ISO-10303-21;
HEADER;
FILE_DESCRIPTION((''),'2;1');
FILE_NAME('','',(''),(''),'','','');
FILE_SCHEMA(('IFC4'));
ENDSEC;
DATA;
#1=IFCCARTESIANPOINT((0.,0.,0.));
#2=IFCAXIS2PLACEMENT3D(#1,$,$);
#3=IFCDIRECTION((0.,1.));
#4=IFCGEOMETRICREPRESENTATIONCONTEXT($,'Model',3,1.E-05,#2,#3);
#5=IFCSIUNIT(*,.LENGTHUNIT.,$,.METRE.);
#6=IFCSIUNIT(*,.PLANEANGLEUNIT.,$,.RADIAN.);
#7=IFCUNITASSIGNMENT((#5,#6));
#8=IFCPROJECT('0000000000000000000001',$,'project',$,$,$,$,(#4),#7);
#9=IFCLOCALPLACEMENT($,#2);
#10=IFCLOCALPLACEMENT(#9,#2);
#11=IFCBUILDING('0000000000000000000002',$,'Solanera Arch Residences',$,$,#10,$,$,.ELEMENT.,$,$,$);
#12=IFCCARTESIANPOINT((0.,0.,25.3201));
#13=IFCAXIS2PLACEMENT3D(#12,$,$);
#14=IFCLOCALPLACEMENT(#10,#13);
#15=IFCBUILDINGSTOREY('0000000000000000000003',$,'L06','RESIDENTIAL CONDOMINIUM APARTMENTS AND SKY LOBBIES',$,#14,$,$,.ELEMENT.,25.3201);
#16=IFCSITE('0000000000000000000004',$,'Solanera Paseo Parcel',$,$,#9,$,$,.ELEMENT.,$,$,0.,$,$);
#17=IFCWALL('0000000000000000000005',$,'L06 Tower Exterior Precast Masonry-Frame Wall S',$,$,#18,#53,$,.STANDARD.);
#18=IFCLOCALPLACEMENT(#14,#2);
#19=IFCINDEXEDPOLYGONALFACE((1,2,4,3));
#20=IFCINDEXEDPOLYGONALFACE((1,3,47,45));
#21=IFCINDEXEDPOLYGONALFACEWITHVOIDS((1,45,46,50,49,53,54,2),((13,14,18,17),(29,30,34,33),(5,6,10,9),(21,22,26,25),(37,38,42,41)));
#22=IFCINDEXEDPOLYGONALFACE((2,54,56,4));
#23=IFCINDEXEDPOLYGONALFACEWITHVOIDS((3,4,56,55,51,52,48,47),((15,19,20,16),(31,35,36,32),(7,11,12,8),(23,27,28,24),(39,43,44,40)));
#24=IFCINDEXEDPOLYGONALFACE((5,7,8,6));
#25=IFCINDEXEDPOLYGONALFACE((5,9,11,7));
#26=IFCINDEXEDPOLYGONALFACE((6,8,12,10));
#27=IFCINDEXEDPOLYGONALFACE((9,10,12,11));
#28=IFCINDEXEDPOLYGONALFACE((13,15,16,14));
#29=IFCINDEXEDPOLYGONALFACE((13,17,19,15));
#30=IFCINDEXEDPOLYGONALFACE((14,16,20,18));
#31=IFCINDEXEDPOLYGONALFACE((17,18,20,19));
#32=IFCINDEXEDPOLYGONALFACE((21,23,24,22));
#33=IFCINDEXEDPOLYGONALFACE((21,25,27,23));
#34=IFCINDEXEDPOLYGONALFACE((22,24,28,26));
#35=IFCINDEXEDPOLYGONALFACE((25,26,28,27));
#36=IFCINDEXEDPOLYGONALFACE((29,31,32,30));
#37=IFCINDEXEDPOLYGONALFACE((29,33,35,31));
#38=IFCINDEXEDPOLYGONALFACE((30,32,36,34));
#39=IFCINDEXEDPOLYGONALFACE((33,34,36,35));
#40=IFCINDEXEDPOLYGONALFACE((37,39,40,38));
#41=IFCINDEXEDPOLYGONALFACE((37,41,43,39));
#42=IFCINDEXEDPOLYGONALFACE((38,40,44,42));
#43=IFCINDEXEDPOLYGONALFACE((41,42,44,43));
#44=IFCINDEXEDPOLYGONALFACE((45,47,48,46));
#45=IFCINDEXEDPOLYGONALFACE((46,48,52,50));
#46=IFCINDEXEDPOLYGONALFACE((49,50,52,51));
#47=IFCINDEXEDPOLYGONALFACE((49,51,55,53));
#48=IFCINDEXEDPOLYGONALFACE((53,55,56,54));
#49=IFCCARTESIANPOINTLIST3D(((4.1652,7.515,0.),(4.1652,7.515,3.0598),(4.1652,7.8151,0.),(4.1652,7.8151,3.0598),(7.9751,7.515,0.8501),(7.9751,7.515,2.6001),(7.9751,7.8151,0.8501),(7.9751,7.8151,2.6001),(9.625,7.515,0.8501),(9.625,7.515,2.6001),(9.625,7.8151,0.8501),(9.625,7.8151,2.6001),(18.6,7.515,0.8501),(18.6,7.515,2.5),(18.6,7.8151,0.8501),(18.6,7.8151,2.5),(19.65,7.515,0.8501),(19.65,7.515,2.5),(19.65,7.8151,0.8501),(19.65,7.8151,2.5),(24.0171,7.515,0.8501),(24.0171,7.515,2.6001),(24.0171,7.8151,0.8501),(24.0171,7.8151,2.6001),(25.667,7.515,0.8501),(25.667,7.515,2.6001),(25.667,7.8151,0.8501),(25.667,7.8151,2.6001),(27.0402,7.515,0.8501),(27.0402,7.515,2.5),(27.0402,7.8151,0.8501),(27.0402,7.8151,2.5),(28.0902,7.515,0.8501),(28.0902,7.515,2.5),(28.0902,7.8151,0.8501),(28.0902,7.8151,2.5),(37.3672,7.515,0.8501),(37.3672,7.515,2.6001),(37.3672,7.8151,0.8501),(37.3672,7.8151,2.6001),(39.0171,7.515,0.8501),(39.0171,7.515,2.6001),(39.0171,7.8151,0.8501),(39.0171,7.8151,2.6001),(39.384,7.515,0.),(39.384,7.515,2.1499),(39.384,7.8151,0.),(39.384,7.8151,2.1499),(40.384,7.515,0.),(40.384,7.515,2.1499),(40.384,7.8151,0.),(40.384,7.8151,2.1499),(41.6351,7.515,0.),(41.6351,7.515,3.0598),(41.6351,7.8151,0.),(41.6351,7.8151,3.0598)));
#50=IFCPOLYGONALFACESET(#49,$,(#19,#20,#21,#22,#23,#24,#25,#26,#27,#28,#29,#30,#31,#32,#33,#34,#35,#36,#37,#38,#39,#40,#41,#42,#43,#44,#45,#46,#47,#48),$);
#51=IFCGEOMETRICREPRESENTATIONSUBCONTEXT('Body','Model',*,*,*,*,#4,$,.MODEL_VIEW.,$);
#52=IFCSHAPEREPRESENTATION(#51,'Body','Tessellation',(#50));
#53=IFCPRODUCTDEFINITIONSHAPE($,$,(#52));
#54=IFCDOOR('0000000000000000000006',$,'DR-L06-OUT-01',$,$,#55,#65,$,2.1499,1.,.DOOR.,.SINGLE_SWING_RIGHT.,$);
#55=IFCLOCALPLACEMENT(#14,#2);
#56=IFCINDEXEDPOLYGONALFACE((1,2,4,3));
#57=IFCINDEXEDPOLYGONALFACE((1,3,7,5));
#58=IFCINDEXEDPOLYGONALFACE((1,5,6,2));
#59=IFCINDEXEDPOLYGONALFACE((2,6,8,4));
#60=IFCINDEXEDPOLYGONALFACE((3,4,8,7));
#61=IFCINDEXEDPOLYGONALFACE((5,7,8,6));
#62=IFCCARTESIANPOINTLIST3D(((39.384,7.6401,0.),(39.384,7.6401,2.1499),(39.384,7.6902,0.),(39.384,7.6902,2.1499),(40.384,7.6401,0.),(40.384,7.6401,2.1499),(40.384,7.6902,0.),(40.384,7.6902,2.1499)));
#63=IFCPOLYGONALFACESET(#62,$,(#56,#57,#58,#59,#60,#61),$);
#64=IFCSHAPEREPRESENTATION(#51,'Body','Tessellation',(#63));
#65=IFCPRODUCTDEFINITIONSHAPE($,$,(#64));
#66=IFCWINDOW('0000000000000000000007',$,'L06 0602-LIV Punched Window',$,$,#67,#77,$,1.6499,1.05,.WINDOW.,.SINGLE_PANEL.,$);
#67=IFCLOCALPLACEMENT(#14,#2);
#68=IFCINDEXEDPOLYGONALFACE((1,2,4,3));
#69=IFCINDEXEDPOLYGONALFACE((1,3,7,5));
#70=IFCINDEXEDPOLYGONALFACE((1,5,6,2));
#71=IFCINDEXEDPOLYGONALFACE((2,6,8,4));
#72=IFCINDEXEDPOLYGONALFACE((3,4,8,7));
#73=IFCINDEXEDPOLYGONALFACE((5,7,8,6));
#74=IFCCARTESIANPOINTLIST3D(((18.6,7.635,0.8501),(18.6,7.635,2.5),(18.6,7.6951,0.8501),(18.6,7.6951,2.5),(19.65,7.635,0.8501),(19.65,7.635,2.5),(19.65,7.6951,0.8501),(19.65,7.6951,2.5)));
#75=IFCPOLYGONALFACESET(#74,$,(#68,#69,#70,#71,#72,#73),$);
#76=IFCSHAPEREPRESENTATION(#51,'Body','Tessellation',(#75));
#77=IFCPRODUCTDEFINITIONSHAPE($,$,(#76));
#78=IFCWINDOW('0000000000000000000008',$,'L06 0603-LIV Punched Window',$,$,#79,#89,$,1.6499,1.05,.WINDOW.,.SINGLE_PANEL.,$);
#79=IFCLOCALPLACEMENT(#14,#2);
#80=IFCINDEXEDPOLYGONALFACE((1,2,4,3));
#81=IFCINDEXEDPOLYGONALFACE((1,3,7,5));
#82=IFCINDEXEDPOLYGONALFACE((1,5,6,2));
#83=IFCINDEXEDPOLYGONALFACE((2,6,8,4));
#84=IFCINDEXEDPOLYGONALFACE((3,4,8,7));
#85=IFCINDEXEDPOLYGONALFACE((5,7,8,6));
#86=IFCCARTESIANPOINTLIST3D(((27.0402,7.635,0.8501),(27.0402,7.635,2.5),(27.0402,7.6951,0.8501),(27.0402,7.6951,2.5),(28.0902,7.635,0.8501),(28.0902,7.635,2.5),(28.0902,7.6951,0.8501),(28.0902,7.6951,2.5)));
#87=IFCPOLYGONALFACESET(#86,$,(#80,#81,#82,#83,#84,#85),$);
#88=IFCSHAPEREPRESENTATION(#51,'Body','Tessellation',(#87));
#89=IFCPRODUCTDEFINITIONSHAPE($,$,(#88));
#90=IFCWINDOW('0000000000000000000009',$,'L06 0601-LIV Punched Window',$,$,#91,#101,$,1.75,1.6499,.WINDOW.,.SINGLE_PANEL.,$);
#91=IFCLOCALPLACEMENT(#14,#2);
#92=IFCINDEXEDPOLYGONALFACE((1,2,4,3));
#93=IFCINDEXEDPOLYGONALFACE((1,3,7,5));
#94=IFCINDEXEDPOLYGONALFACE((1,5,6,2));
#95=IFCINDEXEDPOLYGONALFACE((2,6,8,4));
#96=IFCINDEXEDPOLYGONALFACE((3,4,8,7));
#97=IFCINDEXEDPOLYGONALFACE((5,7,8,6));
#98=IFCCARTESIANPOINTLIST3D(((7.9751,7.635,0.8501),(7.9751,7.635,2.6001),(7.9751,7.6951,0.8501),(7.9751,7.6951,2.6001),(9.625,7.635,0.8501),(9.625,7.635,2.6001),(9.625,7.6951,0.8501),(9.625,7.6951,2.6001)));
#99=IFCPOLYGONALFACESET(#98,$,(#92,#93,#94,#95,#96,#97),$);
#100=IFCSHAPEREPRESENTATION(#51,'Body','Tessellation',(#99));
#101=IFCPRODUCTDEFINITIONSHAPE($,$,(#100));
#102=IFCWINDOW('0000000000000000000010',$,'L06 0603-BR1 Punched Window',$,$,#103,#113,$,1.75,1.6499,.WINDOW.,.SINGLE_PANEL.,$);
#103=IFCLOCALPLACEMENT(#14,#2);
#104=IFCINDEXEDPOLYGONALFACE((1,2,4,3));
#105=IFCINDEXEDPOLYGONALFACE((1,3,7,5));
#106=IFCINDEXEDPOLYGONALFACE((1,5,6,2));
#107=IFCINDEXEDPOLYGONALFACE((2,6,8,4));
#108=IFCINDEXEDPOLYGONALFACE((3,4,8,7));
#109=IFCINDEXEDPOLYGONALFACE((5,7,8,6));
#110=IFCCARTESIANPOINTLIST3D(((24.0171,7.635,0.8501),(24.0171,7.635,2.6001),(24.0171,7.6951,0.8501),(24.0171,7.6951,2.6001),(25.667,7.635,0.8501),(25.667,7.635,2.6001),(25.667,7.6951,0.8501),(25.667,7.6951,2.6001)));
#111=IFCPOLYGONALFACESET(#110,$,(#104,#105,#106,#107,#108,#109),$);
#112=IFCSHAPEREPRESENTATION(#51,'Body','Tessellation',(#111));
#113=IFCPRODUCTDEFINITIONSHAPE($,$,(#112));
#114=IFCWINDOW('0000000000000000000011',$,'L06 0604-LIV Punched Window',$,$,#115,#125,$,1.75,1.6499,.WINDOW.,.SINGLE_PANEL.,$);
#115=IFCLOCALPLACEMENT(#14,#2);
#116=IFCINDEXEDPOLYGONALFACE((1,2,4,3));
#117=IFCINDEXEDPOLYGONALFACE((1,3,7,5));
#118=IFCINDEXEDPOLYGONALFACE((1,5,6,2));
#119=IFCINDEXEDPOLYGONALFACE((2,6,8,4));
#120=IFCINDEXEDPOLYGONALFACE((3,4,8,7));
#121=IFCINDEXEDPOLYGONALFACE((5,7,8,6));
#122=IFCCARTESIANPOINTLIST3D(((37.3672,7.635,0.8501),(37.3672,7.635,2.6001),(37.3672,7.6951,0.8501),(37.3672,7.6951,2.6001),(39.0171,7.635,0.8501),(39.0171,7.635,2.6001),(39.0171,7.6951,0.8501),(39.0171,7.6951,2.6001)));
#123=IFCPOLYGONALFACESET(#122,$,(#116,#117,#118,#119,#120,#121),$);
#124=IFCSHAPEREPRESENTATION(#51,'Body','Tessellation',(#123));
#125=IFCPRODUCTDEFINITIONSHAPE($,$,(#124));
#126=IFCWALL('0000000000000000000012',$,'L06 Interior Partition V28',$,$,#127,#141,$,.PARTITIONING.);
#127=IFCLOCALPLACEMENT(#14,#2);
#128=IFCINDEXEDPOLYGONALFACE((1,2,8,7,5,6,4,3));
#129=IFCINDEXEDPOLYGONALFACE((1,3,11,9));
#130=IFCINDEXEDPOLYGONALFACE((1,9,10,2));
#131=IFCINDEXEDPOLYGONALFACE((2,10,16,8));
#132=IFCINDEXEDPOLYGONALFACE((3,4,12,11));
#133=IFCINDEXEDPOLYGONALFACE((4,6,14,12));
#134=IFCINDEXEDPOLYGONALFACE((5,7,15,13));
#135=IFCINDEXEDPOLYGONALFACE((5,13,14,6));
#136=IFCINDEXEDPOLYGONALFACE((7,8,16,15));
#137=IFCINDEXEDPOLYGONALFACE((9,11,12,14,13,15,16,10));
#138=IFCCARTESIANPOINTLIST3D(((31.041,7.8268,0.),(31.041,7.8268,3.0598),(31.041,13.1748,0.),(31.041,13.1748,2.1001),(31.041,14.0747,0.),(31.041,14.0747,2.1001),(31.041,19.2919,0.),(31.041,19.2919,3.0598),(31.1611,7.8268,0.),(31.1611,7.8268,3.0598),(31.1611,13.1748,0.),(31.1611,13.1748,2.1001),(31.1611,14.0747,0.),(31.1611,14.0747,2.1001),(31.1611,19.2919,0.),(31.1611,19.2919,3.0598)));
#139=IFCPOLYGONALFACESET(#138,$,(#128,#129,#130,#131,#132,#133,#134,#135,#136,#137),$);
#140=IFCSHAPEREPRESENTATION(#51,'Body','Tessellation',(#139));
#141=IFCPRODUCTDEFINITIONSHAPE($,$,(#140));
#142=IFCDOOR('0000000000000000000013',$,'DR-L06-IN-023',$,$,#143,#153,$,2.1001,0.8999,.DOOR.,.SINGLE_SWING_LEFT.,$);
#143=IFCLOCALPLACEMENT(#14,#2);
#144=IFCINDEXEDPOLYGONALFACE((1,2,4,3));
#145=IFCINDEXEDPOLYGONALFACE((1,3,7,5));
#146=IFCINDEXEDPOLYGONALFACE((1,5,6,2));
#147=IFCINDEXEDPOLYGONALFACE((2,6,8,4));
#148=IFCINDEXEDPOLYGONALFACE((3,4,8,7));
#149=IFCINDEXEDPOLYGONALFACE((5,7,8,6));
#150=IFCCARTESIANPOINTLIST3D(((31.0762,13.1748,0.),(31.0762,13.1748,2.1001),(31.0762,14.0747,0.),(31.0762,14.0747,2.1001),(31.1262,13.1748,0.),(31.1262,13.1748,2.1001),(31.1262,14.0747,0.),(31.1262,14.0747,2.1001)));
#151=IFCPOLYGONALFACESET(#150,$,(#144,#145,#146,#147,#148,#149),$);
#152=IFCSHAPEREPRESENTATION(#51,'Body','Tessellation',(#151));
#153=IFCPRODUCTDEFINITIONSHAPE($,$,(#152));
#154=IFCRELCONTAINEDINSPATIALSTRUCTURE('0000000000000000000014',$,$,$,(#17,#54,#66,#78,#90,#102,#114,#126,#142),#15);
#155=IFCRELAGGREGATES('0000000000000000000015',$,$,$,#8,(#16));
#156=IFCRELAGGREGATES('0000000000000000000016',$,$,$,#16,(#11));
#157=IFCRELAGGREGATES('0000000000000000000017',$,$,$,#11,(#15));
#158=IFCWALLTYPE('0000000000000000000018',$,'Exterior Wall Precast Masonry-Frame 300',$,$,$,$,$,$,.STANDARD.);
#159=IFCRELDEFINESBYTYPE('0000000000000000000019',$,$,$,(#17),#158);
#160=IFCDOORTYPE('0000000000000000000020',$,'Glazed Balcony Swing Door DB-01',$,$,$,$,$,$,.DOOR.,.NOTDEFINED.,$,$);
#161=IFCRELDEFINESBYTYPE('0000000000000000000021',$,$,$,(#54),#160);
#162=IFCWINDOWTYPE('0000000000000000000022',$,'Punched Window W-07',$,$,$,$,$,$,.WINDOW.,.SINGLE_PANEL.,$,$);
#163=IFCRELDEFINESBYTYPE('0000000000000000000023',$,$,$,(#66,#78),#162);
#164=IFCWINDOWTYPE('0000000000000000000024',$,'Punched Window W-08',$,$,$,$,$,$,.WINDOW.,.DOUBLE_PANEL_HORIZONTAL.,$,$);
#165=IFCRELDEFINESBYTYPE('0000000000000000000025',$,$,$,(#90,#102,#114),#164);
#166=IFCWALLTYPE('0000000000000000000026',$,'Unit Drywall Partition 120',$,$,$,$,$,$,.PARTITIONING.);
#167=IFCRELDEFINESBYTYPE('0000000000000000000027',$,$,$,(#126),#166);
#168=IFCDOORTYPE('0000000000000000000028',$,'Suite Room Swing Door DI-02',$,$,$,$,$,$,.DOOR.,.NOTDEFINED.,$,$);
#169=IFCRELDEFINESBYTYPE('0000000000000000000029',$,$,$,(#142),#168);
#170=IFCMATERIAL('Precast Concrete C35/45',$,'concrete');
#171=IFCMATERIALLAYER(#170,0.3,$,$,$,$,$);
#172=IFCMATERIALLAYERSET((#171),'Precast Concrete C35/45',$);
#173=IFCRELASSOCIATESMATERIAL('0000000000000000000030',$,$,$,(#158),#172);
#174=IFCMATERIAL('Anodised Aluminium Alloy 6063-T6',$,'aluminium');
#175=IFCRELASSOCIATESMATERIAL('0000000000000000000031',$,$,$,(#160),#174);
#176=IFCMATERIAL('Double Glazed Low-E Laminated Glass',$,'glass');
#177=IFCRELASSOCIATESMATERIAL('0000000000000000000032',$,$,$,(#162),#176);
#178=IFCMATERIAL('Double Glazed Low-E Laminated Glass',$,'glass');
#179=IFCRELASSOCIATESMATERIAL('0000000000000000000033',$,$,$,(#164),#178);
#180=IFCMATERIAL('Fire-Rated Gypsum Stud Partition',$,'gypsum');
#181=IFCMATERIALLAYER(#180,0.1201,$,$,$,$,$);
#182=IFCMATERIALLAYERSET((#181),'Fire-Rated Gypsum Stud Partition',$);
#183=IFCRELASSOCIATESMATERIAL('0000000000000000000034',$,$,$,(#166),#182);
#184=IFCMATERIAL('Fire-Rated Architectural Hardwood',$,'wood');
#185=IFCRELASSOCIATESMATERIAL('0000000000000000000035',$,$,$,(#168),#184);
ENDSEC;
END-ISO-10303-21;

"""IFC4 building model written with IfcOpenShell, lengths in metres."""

from ifc_helpers import new_model, si_unit, direction, frame, frame_2d, origin, place, context, subcontext, project, spatial, rectangle, extrude, material, layer, layer_set, type_object, element, fill, save


model = new_model("IFC4")

# Units and contexts
model_context = context("Model", 3, precision=1e-05, world=origin(), true_north=direction((0.0, 1.0)))
body_context = subcontext(model_context, "Body", "Model", "MODEL_VIEW")
ifc_project = project(units=[si_unit("LENGTHUNIT", "METRE"), si_unit("PLANEANGLEUNIT", "RADIAN")], contexts=[model_context])

# Site, building, storey
site_placement = place(None, origin())
site = spatial("IfcSite", under=ifc_project, at=site_placement, Name="Solanera Paseo Parcel", CompositionType="ELEMENT", RefElevation=0.0)
building_placement = place(site_placement, origin())
building = spatial("IfcBuilding", under=site, at=building_placement, Name="Solanera Arch Residences", CompositionType="ELEMENT")
storey_placement = place(building_placement, frame((0.0, 0.0, 25.3201)))
storey = spatial("IfcBuildingStorey", under=building, at=storey_placement, Name="L06", Description="RESIDENTIAL CONDOMINIUM APARTMENTS AND SKY LOBBIES", CompositionType="ELEMENT", Elevation=25.3201)

# Shared definitions
ifc_material_1 = material(Name="Precast Concrete C35/45", Category="concrete")
ifc_layer_1 = layer(ifc_material_1, 0.3)
ifc_layer_set_1 = layer_set([ifc_layer_1], Name="Precast Concrete C35/45")
wall_type_1 = type_object("IfcWallType", Name="Exterior Wall Precast Masonry-Frame 300", PredefinedType="STANDARD", material=ifc_layer_set_1)

# Wall, openings, door, windows
wall_1_placement = place(storey_placement, frame((41.635, 7.665, 0.0), z_axis=(0.0, 0.0, 1.0), x_axis=(-1.0, 0.0, 0.0)))
wall_1 = element("IfcWall", 1, at=wall_1_placement, inside=storey, type_object=wall_type_1, Name="L06 Tower Exterior Precast Masonry-Frame Wall S", PredefinedType="STANDARD", context=body_context, shape_type="SweptSolid", body=[
    extrude(rectangle(XDim=37.47, YDim=0.3, at=frame_2d((18.7349, 0.0))), origin(), (0.0, 0.0, 1.0), 3.0598),
])
opening_1_placement = place(wall_1_placement, frame((1.251, 0.0, 0.0)))
opening_1 = element("IfcOpeningElement", 2, at=opening_1_placement, cuts=wall_1, PredefinedType="OPENING", context=body_context, shape_type="SweptSolid", body=[
    extrude(rectangle(XDim=1.0, YDim=2.1499, at=frame_2d((0.5, 1.075))), frame((0.0, 0.1599, 0.0), z_axis=(0.0, -1.0, 0.0), x_axis=(1.0, 0.0, 0.0)), (0.0, 0.0, 1.0), 0.32),
])
opening_2_placement = place(wall_1_placement, frame((32.01, 0.0, 0.8501)))
opening_2 = element("IfcOpeningElement", 3, at=opening_2_placement, cuts=wall_1, PredefinedType="OPENING", context=body_context, shape_type="SweptSolid", body=[
    extrude(rectangle(XDim=1.6499, YDim=1.75, at=frame_2d((0.825, 0.875))), frame((0.0, 0.1599, 0.0), z_axis=(0.0, -1.0, 0.0), x_axis=(1.0, 0.0, 0.0)), (0.0, 0.0, 1.0), 0.32),
])
opening_3_placement = place(wall_1_placement, frame((21.9851, 0.0, 0.8501)))
opening_3 = element("IfcOpeningElement", 4, at=opening_3_placement, cuts=wall_1, PredefinedType="OPENING", context=body_context, shape_type="SweptSolid", body=[
    extrude(rectangle(XDim=1.05, YDim=1.6499, at=frame_2d((0.5249, 0.825))), frame((0.0, 0.1599, 0.0), z_axis=(0.0, -1.0, 0.0), x_axis=(1.0, 0.0, 0.0)), (0.0, 0.0, 1.0), 0.32),
])
opening_4_placement = place(wall_1_placement, frame((13.5449, 0.0, 0.8501)))
opening_4 = element("IfcOpeningElement", 5, at=opening_4_placement, cuts=wall_1, PredefinedType="OPENING", context=body_context, shape_type="SweptSolid", body=[
    extrude(rectangle(XDim=1.05, YDim=1.6499, at=frame_2d((0.5249, 0.825))), frame((0.0, 0.1599, 0.0), z_axis=(0.0, -1.0, 0.0), x_axis=(1.0, 0.0, 0.0)), (0.0, 0.0, 1.0), 0.32),
])
opening_5_placement = place(wall_1_placement, frame((15.968, 0.0, 0.8501)))
opening_5 = element("IfcOpeningElement", 6, at=opening_5_placement, cuts=wall_1, PredefinedType="OPENING", context=body_context, shape_type="SweptSolid", body=[
    extrude(rectangle(XDim=1.6499, YDim=1.75, at=frame_2d((0.825, 0.875))), frame((0.0, 0.1599, 0.0), z_axis=(0.0, -1.0, 0.0), x_axis=(1.0, 0.0, 0.0)), (0.0, 0.0, 1.0), 0.32),
])
opening_6_placement = place(wall_1_placement, frame((2.6179, 0.0, 0.8501)))
opening_6 = element("IfcOpeningElement", 7, at=opening_6_placement, cuts=wall_1, PredefinedType="OPENING", context=body_context, shape_type="SweptSolid", body=[
    extrude(rectangle(XDim=1.6499, YDim=1.75, at=frame_2d((0.825, 0.875))), frame((0.0, 0.1599, 0.0), z_axis=(0.0, -1.0, 0.0), x_axis=(1.0, 0.0, 0.0)), (0.0, 0.0, 1.0), 0.32),
])
ifc_material_2 = material(Name="Anodised Aluminium Alloy 6063-T6", Category="aluminium")
door_type_1 = type_object("IfcDoorType", Name="Glazed Balcony Swing Door DB-01", OperationType="NOTDEFINED", PredefinedType="DOOR", material=ifc_material_2)
door_1_placement = place(opening_1_placement, origin())
door_1 = element("IfcDoor", 8, at=door_1_placement, inside=storey, type_object=door_type_1, Name="DR-L06-OUT-01", OperationType="SINGLE_SWING_RIGHT", OverallHeight=2.1499, OverallWidth=1.0, PredefinedType="DOOR", context=body_context, shape_type="SweptSolid", body=[
    extrude(rectangle(XDim=1.0, YDim=2.1499, at=frame_2d((0.5, 1.075))), frame((0.0, 0.0249, 0.0), z_axis=(0.0, -1.0, 0.0), x_axis=(1.0, 0.0, 0.0)), (0.0, 0.0, 1.0), 0.05),
])
fill(opening_1, door_1)
ifc_material_3 = material(Name="Double Glazed Low-E Laminated Glass", Category="glass")
window_type_1 = type_object("IfcWindowType", Name="Punched Window W-07", PartitioningType="SINGLE_PANEL", PredefinedType="WINDOW", material=ifc_material_3)
window_1_placement = place(opening_3_placement, origin())
window_1 = element("IfcWindow", 9, at=window_1_placement, inside=storey, type_object=window_type_1, Name="L06 0602-LIV Punched Window", OverallHeight=1.6499, OverallWidth=1.05, PartitioningType="SINGLE_PANEL", PredefinedType="WINDOW", context=body_context, shape_type="SweptSolid", body=[
    extrude(rectangle(XDim=1.05, YDim=1.6499, at=frame_2d((0.5249, 0.825))), frame((0.0, 0.03, 0.0), z_axis=(0.0, -1.0, 0.0), x_axis=(1.0, 0.0, 0.0)), (0.0, 0.0, 1.0), 0.0601),
])
fill(opening_3, window_1)
window_2_placement = place(opening_4_placement, origin())
window_2 = element("IfcWindow", 10, at=window_2_placement, inside=storey, type_object=window_type_1, Name="L06 0603-LIV Punched Window", OverallHeight=1.6499, OverallWidth=1.05, PartitioningType="SINGLE_PANEL", PredefinedType="WINDOW", context=body_context, shape_type="SweptSolid", body=[
    extrude(rectangle(XDim=1.05, YDim=1.6499, at=frame_2d((0.5249, 0.825))), frame((0.0, 0.03, 0.0), z_axis=(0.0, -1.0, 0.0), x_axis=(1.0, 0.0, 0.0)), (0.0, 0.0, 1.0), 0.0601),
])
fill(opening_4, window_2)
ifc_material_4 = material(Name="Double Glazed Low-E Laminated Glass", Category="glass")
window_type_2 = type_object("IfcWindowType", Name="Punched Window W-08", PartitioningType="DOUBLE_PANEL_HORIZONTAL", PredefinedType="WINDOW", material=ifc_material_4)
window_3_placement = place(opening_2_placement, origin())
window_3 = element("IfcWindow", 11, at=window_3_placement, inside=storey, type_object=window_type_2, Name="L06 0601-LIV Punched Window", OverallHeight=1.75, OverallWidth=1.6499, PartitioningType="SINGLE_PANEL", PredefinedType="WINDOW", context=body_context, shape_type="SweptSolid", body=[
    extrude(rectangle(XDim=1.6499, YDim=1.75, at=frame_2d((0.825, 0.875))), frame((0.0, 0.03, 0.0), z_axis=(0.0, -1.0, 0.0), x_axis=(1.0, 0.0, 0.0)), (0.0, 0.0, 1.0), 0.0601),
])
fill(opening_2, window_3)
window_4_placement = place(opening_5_placement, origin())
window_4 = element("IfcWindow", 12, at=window_4_placement, inside=storey, type_object=window_type_2, Name="L06 0603-BR1 Punched Window", OverallHeight=1.75, OverallWidth=1.6499, PartitioningType="SINGLE_PANEL", PredefinedType="WINDOW", context=body_context, shape_type="SweptSolid", body=[
    extrude(rectangle(XDim=1.6499, YDim=1.75, at=frame_2d((0.825, 0.875))), frame((0.0, 0.03, 0.0), z_axis=(0.0, -1.0, 0.0), x_axis=(1.0, 0.0, 0.0)), (0.0, 0.0, 1.0), 0.0601),
])
fill(opening_5, window_4)
window_5_placement = place(opening_6_placement, origin())
window_5 = element("IfcWindow", 13, at=window_5_placement, inside=storey, type_object=window_type_2, Name="L06 0604-LIV Punched Window", OverallHeight=1.75, OverallWidth=1.6499, PartitioningType="SINGLE_PANEL", PredefinedType="WINDOW", context=body_context, shape_type="SweptSolid", body=[
    extrude(rectangle(XDim=1.6499, YDim=1.75, at=frame_2d((0.825, 0.875))), frame((0.0, 0.03, 0.0), z_axis=(0.0, -1.0, 0.0), x_axis=(1.0, 0.0, 0.0)), (0.0, 0.0, 1.0), 0.0601),
])
fill(opening_6, window_5)

# Wall, opening, door
ifc_material_5 = material(Name="Fire-Rated Gypsum Stud Partition", Category="gypsum")
ifc_layer_2 = layer(ifc_material_5, 0.1201)
ifc_layer_set_2 = layer_set([ifc_layer_2], Name="Fire-Rated Gypsum Stud Partition")
wall_type_2 = type_object("IfcWallType", Name="Unit Drywall Partition 120", PredefinedType="PARTITIONING", material=ifc_layer_set_2)
wall_2_placement = place(storey_placement, frame((31.1011, 7.8269, 0.0), z_axis=(0.0, 0.0, 1.0), x_axis=(0.0, 1.0, 0.0)))
wall_2 = element("IfcWall", 14, at=wall_2_placement, inside=storey, type_object=wall_type_2, Name="L06 Interior Partition V28", PredefinedType="PARTITIONING", context=body_context, shape_type="SweptSolid", body=[
    extrude(rectangle(XDim=11.4651, YDim=0.1201, at=frame_2d((5.7324, 0.0))), origin(), (0.0, 0.0, 1.0), 3.0598),
])
opening_7_placement = place(wall_2_placement, frame((5.3479, 0.0, 0.0)))
opening_7 = element("IfcOpeningElement", 15, at=opening_7_placement, cuts=wall_2, PredefinedType="OPENING", context=body_context, shape_type="SweptSolid", body=[
    extrude(rectangle(XDim=0.8999, YDim=2.1001, at=frame_2d((0.45, 1.05))), frame((0.0, 0.0701, 0.0), z_axis=(0.0, -1.0, 0.0), x_axis=(1.0, 0.0, 0.0)), (0.0, 0.0, 1.0), 0.1401),
])
ifc_material_6 = material(Name="Fire-Rated Architectural Hardwood", Category="wood")
door_type_2 = type_object("IfcDoorType", Name="Suite Room Swing Door DI-02", OperationType="NOTDEFINED", PredefinedType="DOOR", material=ifc_material_6)
door_2_placement = place(opening_7_placement, origin())
door_2 = element("IfcDoor", 16, at=door_2_placement, inside=storey, type_object=door_type_2, Name="DR-L06-IN-023", OperationType="SINGLE_SWING_LEFT", OverallHeight=2.1001, OverallWidth=0.8999, PredefinedType="DOOR", context=body_context, shape_type="SweptSolid", body=[
    extrude(rectangle(XDim=0.8999, YDim=2.1001, at=frame_2d((0.45, 1.05))), frame((0.0, 0.0249, 0.0), z_axis=(0.0, -1.0, 0.0), x_axis=(1.0, 0.0, 0.0)), (0.0, 0.0, 1.0), 0.05),
])
fill(opening_7, door_2)

save(model, "model.ifc")
